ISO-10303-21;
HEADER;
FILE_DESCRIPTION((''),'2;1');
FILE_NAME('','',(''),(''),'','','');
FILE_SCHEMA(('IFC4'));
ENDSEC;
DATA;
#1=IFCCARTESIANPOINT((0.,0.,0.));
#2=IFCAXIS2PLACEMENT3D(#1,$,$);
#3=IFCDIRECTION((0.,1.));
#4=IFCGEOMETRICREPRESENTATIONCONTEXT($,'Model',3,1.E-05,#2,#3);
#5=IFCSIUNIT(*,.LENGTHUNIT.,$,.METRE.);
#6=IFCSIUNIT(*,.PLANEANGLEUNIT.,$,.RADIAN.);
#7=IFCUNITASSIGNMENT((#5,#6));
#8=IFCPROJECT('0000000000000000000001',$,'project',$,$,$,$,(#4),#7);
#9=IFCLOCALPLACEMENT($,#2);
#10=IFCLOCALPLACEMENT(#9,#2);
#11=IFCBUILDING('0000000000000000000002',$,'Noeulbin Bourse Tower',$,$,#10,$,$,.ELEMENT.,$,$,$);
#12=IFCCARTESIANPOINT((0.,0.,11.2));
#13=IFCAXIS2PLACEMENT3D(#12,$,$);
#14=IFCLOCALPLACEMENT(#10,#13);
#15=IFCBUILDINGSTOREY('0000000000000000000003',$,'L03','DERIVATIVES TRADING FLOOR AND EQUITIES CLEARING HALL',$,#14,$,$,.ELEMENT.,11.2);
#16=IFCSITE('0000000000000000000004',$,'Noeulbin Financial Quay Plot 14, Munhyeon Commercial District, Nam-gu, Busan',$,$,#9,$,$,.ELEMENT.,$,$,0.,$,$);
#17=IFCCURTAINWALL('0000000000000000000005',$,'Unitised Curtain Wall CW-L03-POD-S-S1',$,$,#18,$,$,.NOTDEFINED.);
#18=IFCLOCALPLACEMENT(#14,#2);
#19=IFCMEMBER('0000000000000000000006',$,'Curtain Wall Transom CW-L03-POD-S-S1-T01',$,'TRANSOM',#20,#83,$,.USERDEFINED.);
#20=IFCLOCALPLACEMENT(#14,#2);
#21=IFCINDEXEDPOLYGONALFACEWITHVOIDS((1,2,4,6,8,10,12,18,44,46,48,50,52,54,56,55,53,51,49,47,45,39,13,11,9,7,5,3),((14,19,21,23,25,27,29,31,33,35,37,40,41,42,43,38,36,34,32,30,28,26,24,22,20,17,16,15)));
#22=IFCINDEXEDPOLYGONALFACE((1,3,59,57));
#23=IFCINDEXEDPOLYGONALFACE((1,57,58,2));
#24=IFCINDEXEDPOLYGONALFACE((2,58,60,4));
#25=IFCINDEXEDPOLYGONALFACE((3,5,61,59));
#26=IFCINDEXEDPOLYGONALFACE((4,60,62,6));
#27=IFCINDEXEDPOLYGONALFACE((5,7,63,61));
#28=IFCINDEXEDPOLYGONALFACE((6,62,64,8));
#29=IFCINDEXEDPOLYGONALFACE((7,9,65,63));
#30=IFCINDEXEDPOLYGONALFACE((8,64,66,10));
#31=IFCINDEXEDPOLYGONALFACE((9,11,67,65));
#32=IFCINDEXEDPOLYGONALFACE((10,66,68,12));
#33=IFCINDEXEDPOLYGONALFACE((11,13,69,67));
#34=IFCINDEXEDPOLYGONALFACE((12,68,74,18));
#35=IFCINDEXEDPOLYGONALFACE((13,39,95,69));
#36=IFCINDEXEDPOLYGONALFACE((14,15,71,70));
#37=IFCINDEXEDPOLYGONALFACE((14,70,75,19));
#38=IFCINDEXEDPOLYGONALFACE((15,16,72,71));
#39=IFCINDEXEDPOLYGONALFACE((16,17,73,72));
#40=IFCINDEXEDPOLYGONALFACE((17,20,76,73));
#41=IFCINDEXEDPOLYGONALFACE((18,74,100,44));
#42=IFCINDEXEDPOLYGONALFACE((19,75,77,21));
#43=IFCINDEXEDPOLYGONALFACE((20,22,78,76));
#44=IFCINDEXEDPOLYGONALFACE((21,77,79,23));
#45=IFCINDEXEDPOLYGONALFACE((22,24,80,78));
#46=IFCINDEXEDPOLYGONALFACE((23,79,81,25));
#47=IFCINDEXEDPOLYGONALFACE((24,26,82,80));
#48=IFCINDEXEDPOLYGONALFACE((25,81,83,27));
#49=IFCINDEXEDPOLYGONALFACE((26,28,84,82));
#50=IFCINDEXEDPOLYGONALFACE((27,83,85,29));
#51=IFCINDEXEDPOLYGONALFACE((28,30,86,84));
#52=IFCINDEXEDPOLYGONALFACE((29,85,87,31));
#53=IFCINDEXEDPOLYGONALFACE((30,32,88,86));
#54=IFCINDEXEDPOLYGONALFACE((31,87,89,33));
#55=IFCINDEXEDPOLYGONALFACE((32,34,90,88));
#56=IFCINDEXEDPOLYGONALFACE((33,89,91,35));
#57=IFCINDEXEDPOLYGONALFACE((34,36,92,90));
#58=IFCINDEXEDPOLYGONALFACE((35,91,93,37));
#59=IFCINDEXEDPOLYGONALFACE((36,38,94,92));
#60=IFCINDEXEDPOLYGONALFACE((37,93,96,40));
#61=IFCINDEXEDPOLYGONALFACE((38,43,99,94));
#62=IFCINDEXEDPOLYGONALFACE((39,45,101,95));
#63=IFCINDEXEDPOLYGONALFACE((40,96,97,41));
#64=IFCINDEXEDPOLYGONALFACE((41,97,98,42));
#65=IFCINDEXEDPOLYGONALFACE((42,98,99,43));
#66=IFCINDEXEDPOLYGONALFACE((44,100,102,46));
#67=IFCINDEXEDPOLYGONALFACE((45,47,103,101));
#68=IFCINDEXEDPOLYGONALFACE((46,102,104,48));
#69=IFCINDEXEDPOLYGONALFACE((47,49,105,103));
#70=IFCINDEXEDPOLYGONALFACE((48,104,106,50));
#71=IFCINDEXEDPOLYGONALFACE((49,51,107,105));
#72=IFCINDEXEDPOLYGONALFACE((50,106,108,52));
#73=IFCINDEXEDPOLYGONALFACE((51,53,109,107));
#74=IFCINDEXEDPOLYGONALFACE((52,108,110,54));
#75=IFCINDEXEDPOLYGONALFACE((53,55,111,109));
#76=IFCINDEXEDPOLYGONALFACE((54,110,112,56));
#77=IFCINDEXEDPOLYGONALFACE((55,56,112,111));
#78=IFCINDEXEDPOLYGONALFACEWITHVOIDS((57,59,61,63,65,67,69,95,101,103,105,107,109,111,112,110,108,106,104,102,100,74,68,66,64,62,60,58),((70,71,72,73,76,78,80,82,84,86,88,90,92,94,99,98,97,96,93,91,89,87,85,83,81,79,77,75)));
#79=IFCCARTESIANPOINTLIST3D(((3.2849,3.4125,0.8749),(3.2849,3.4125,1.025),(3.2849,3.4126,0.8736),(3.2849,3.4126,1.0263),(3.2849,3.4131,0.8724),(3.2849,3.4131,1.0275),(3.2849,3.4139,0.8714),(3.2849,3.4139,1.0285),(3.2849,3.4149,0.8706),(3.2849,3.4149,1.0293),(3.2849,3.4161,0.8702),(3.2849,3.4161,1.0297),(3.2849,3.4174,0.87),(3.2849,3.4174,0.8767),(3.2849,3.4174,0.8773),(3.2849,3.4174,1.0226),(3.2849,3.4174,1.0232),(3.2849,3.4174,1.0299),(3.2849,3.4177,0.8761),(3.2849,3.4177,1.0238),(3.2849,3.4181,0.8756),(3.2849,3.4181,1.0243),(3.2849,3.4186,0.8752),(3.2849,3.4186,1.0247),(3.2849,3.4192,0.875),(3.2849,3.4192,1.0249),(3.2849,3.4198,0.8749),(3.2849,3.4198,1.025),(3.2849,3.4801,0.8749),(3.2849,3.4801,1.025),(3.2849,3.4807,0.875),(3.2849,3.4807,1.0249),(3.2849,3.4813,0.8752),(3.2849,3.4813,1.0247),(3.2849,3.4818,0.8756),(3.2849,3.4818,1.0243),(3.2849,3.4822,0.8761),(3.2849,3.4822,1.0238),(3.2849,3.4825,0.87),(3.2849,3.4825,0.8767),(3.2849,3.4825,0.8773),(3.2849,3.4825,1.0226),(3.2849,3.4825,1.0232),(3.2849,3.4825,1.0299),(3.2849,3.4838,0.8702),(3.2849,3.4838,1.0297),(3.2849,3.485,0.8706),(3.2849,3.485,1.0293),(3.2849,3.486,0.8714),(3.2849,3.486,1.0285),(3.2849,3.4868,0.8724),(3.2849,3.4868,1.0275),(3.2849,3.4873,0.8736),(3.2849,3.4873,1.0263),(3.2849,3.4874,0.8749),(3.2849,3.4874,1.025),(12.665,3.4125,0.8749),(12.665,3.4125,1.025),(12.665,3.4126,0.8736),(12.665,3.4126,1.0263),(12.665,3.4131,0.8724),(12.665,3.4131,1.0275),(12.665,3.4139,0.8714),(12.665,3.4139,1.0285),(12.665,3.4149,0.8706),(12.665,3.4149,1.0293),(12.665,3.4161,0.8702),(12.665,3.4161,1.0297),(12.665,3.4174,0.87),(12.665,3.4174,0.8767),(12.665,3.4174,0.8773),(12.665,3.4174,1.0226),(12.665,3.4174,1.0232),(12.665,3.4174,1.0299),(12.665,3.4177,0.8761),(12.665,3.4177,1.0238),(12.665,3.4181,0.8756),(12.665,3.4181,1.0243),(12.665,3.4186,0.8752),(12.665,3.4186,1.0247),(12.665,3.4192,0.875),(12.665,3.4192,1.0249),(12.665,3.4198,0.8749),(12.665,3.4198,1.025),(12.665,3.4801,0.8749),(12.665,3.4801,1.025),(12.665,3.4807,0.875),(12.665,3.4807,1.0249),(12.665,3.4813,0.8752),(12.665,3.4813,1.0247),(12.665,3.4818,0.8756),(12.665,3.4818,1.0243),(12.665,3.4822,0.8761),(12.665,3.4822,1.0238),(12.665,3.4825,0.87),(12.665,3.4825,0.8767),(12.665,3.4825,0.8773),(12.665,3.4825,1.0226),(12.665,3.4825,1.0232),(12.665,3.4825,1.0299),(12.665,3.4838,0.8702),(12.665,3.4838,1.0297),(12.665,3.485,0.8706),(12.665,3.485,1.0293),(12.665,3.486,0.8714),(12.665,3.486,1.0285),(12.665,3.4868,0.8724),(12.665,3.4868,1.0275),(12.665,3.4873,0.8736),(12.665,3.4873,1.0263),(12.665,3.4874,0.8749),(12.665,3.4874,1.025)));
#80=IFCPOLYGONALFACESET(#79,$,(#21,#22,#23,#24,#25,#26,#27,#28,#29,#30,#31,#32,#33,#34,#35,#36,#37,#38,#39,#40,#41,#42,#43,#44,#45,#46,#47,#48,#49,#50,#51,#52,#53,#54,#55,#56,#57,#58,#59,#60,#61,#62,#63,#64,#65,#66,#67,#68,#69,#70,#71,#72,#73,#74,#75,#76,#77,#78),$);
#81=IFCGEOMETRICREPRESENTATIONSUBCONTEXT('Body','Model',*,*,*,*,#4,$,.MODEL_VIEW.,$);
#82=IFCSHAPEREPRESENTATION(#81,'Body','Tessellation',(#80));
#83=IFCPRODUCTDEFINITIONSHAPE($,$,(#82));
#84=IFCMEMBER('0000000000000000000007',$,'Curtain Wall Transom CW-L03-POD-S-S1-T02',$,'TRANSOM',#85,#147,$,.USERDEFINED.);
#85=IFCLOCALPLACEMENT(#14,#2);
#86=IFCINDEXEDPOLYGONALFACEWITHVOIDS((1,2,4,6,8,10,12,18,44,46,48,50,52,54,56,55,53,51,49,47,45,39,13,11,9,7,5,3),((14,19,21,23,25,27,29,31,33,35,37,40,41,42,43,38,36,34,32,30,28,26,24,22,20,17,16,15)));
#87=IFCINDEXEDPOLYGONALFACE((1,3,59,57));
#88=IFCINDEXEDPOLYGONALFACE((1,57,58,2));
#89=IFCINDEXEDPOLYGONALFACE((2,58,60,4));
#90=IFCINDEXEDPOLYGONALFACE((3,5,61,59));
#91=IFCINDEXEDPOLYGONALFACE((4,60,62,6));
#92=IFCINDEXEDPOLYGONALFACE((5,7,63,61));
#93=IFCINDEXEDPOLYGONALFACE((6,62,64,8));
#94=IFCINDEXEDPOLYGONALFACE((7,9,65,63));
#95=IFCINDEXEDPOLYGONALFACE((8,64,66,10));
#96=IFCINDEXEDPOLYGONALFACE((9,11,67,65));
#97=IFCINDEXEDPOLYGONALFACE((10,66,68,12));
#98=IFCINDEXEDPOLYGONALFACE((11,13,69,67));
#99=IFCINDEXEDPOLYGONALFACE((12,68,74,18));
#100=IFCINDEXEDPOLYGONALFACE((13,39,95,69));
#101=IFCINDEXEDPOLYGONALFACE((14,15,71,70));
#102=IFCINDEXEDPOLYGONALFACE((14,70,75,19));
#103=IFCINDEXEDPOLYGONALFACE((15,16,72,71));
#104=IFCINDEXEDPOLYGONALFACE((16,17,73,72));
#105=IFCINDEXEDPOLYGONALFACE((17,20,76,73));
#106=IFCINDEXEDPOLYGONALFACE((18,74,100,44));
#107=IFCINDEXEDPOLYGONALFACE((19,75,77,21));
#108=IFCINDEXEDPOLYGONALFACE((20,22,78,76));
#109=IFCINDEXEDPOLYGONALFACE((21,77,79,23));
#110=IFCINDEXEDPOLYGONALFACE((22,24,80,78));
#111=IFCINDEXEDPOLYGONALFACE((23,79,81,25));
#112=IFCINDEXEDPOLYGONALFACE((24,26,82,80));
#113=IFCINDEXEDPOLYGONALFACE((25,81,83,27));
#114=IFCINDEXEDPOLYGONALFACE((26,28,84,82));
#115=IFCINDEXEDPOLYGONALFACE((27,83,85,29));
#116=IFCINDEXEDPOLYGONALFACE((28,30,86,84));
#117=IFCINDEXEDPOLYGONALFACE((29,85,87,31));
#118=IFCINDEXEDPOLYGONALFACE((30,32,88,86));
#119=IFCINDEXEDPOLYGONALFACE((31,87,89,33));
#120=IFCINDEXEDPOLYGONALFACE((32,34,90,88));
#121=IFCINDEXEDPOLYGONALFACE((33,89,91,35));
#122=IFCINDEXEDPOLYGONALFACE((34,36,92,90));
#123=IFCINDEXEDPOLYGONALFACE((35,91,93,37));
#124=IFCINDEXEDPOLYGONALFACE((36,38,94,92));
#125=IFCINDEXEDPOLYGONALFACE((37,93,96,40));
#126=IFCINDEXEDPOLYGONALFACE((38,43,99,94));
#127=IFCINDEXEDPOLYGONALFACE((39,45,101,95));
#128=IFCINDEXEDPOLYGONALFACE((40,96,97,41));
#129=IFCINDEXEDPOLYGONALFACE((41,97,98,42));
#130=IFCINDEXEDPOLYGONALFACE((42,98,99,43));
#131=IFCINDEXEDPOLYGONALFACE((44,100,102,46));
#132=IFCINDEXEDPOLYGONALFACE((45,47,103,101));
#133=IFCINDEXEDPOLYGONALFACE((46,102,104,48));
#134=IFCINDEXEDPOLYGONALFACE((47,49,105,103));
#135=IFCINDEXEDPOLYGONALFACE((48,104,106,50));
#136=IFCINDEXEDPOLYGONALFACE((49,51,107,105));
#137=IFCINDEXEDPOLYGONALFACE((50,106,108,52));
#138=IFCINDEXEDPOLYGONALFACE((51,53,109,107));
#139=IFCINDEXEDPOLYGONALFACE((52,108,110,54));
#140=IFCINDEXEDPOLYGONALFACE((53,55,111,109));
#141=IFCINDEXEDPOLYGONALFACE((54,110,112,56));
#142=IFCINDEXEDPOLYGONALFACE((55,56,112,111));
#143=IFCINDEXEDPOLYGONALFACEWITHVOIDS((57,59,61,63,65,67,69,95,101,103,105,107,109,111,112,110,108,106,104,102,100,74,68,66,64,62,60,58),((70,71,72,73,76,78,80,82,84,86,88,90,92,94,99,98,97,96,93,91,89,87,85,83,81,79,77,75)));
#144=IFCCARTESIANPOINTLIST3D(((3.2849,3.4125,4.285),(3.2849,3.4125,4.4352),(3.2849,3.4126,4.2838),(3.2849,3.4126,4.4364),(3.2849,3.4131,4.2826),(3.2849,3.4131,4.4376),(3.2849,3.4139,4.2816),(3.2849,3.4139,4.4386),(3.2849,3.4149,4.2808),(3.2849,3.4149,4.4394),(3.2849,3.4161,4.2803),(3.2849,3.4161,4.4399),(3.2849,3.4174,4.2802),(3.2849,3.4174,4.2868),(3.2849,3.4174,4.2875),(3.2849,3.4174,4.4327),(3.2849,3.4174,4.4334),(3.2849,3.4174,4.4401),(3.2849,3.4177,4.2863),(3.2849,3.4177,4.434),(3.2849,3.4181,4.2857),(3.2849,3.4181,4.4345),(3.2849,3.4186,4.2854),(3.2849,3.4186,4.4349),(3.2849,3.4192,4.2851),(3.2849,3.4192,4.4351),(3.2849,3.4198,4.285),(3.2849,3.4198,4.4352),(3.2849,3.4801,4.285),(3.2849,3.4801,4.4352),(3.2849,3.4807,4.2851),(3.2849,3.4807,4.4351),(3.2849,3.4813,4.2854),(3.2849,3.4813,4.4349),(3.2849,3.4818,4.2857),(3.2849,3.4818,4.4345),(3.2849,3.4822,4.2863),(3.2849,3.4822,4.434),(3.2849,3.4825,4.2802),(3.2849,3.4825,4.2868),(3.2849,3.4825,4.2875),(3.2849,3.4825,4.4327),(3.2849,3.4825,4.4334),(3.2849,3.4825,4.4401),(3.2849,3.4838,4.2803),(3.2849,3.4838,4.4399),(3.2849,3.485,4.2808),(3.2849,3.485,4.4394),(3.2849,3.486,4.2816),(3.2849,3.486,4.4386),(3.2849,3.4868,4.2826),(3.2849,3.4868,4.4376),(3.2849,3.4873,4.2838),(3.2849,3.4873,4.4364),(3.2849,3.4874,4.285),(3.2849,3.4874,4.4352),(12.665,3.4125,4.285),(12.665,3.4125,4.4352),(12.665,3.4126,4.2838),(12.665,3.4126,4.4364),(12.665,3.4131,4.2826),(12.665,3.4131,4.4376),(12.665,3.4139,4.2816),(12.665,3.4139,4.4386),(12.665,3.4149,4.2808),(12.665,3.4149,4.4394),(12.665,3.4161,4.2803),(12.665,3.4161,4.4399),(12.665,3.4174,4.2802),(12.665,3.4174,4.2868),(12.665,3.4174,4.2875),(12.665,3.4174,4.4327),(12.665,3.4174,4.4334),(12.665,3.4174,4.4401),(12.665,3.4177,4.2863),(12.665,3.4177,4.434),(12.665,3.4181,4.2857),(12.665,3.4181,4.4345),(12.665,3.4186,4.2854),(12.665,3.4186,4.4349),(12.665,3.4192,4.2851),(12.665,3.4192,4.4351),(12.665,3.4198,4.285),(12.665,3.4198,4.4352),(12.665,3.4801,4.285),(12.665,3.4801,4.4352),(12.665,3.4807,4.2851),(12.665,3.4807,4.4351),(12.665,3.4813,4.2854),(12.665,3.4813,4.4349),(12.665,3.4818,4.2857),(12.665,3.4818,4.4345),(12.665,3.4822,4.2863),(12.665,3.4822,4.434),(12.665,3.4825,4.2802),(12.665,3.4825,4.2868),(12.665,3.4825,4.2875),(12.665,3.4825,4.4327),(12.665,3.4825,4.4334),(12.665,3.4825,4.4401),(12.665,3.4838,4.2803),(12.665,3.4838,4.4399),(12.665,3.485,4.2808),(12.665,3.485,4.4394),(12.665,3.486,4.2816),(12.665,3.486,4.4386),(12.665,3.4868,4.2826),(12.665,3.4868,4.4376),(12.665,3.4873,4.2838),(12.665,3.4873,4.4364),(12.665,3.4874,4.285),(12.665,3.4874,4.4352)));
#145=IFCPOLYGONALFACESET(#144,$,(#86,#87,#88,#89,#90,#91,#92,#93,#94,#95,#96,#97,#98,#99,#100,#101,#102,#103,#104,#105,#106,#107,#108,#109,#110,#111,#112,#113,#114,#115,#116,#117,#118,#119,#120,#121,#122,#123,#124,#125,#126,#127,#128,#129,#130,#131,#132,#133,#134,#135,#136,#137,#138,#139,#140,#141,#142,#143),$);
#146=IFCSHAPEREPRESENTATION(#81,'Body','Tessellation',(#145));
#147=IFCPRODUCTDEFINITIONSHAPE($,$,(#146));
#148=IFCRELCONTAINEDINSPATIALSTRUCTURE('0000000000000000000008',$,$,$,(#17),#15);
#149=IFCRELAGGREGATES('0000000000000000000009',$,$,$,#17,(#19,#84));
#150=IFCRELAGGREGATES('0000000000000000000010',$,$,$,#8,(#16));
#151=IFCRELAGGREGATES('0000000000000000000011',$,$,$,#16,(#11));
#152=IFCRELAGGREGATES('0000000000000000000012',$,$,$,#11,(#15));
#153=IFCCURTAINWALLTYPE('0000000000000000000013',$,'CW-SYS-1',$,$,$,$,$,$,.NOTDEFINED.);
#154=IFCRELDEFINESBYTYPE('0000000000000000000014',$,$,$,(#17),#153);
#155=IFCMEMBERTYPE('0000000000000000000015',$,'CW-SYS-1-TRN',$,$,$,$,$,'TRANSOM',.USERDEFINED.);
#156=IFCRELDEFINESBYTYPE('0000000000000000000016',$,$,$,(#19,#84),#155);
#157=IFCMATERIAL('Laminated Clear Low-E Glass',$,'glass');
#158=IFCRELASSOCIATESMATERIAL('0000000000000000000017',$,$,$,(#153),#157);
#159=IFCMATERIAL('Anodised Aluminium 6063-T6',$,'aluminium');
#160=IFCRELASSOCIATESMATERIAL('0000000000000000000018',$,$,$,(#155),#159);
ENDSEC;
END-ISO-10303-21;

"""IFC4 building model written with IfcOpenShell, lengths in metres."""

from ifc_helpers import new_model, si_unit, direction, frame, origin, origin_2d, place, context, subcontext, project, spatial, hollow_rectangle, extrude, material, material_profile, profile_set, type_object, element, aggregate, save


model = new_model("IFC4")

# Units and contexts
model_context = context("Model", 3, precision=1e-05, world=origin(), true_north=direction((0.0, 1.0)))
body_context = subcontext(model_context, "Body", "Model", "MODEL_VIEW")
ifc_project = project(units=[si_unit("LENGTHUNIT", "METRE"), si_unit("PLANEANGLEUNIT", "RADIAN")], contexts=[model_context])

# Site, building, storey
site_placement = place(None, origin())
site = spatial("IfcSite", under=ifc_project, at=site_placement, Name="Noeulbin Financial Quay Plot 14, Munhyeon Commercial District, Nam-gu, Busan", CompositionType="ELEMENT", RefElevation=0.0)
building_placement = place(site_placement, origin())
building = spatial("IfcBuilding", under=site, at=building_placement, Name="Noeulbin Bourse Tower", CompositionType="ELEMENT")
storey_placement = place(building_placement, frame((0.0, 0.0, 11.2)))
storey = spatial("IfcBuildingStorey", under=building, at=storey_placement, Name="L03", Description="DERIVATIVES TRADING FLOOR AND EQUITIES CLEARING HALL", CompositionType="ELEMENT", Elevation=11.2)

# Curtain wall
ifc_material_1 = material(Name="Laminated Clear Low-E Glass", Category="glass")
curtain_wall_type = type_object("IfcCurtainWallType", Name="CW-SYS-1", PredefinedType="NOTDEFINED", material=ifc_material_1)
curtain_wall_1_placement = place(storey_placement, origin())
curtain_wall_1 = element("IfcCurtainWall", 1, at=curtain_wall_1_placement, inside=storey, type_object=curtain_wall_type, Name="Unitised Curtain Wall CW-L03-POD-S-S1", PredefinedType="NOTDEFINED")
ifc_material_2 = material(Name="Anodised Aluminium 6063-T6", Category="aluminium")

# Members
ifc_material_profile_1 = material_profile(ifc_material_2, hollow_rectangle(XDim=0.075, YDim=0.1599, WallThickness=0.0049, InnerFilletRadius=0.0024, OuterFilletRadius=0.0049, at=origin_2d()), Name="ALU-TRAN-75x160x5", Category="LoadBearing")
ifc_profile_set_1 = profile_set([ifc_material_profile_1], Name="Anodised Aluminium 6063-T6")
member_type_1 = type_object("IfcMemberType", Name="CW-SYS-1-TRN", ElementType="TRANSOM", PredefinedType="USERDEFINED", material=ifc_profile_set_1)
member_1_placement = place(storey_placement, frame((3.2849, 3.45, 0.95), z_axis=(1.0, 0.0, 0.0), x_axis=(0.0, 1.0, 0.0)))
member_1 = element("IfcMember", 2, at=member_1_placement, type_object=member_type_1, Name="Curtain Wall Transom CW-L03-POD-S-S1-T01", ObjectType="TRANSOM", PredefinedType="USERDEFINED", context=body_context, shape_type="SweptSolid", body=[
    extrude(hollow_rectangle(XDim=0.075, YDim=0.1599, WallThickness=0.0049, InnerFilletRadius=0.0024, OuterFilletRadius=0.0049, at=origin_2d()), origin(), (0.0, 0.0, 1.0), 9.3801),
])
member_2_placement = place(storey_placement, frame((3.2849, 3.45, 4.3601), z_axis=(1.0, 0.0, 0.0), x_axis=(0.0, 1.0, 0.0)))
member_2 = element("IfcMember", 3, at=member_2_placement, type_object=member_type_1, Name="Curtain Wall Transom CW-L03-POD-S-S1-T02", ObjectType="TRANSOM", PredefinedType="USERDEFINED", context=body_context, shape_type="SweptSolid", body=[
    extrude(hollow_rectangle(XDim=0.075, YDim=0.1599, WallThickness=0.0049, InnerFilletRadius=0.0024, OuterFilletRadius=0.0049, at=origin_2d()), origin(), (0.0, 0.0, 1.0), 9.3801),
])

aggregate(curtain_wall_1, [member_1, member_2])

save(model, "model.ifc")
